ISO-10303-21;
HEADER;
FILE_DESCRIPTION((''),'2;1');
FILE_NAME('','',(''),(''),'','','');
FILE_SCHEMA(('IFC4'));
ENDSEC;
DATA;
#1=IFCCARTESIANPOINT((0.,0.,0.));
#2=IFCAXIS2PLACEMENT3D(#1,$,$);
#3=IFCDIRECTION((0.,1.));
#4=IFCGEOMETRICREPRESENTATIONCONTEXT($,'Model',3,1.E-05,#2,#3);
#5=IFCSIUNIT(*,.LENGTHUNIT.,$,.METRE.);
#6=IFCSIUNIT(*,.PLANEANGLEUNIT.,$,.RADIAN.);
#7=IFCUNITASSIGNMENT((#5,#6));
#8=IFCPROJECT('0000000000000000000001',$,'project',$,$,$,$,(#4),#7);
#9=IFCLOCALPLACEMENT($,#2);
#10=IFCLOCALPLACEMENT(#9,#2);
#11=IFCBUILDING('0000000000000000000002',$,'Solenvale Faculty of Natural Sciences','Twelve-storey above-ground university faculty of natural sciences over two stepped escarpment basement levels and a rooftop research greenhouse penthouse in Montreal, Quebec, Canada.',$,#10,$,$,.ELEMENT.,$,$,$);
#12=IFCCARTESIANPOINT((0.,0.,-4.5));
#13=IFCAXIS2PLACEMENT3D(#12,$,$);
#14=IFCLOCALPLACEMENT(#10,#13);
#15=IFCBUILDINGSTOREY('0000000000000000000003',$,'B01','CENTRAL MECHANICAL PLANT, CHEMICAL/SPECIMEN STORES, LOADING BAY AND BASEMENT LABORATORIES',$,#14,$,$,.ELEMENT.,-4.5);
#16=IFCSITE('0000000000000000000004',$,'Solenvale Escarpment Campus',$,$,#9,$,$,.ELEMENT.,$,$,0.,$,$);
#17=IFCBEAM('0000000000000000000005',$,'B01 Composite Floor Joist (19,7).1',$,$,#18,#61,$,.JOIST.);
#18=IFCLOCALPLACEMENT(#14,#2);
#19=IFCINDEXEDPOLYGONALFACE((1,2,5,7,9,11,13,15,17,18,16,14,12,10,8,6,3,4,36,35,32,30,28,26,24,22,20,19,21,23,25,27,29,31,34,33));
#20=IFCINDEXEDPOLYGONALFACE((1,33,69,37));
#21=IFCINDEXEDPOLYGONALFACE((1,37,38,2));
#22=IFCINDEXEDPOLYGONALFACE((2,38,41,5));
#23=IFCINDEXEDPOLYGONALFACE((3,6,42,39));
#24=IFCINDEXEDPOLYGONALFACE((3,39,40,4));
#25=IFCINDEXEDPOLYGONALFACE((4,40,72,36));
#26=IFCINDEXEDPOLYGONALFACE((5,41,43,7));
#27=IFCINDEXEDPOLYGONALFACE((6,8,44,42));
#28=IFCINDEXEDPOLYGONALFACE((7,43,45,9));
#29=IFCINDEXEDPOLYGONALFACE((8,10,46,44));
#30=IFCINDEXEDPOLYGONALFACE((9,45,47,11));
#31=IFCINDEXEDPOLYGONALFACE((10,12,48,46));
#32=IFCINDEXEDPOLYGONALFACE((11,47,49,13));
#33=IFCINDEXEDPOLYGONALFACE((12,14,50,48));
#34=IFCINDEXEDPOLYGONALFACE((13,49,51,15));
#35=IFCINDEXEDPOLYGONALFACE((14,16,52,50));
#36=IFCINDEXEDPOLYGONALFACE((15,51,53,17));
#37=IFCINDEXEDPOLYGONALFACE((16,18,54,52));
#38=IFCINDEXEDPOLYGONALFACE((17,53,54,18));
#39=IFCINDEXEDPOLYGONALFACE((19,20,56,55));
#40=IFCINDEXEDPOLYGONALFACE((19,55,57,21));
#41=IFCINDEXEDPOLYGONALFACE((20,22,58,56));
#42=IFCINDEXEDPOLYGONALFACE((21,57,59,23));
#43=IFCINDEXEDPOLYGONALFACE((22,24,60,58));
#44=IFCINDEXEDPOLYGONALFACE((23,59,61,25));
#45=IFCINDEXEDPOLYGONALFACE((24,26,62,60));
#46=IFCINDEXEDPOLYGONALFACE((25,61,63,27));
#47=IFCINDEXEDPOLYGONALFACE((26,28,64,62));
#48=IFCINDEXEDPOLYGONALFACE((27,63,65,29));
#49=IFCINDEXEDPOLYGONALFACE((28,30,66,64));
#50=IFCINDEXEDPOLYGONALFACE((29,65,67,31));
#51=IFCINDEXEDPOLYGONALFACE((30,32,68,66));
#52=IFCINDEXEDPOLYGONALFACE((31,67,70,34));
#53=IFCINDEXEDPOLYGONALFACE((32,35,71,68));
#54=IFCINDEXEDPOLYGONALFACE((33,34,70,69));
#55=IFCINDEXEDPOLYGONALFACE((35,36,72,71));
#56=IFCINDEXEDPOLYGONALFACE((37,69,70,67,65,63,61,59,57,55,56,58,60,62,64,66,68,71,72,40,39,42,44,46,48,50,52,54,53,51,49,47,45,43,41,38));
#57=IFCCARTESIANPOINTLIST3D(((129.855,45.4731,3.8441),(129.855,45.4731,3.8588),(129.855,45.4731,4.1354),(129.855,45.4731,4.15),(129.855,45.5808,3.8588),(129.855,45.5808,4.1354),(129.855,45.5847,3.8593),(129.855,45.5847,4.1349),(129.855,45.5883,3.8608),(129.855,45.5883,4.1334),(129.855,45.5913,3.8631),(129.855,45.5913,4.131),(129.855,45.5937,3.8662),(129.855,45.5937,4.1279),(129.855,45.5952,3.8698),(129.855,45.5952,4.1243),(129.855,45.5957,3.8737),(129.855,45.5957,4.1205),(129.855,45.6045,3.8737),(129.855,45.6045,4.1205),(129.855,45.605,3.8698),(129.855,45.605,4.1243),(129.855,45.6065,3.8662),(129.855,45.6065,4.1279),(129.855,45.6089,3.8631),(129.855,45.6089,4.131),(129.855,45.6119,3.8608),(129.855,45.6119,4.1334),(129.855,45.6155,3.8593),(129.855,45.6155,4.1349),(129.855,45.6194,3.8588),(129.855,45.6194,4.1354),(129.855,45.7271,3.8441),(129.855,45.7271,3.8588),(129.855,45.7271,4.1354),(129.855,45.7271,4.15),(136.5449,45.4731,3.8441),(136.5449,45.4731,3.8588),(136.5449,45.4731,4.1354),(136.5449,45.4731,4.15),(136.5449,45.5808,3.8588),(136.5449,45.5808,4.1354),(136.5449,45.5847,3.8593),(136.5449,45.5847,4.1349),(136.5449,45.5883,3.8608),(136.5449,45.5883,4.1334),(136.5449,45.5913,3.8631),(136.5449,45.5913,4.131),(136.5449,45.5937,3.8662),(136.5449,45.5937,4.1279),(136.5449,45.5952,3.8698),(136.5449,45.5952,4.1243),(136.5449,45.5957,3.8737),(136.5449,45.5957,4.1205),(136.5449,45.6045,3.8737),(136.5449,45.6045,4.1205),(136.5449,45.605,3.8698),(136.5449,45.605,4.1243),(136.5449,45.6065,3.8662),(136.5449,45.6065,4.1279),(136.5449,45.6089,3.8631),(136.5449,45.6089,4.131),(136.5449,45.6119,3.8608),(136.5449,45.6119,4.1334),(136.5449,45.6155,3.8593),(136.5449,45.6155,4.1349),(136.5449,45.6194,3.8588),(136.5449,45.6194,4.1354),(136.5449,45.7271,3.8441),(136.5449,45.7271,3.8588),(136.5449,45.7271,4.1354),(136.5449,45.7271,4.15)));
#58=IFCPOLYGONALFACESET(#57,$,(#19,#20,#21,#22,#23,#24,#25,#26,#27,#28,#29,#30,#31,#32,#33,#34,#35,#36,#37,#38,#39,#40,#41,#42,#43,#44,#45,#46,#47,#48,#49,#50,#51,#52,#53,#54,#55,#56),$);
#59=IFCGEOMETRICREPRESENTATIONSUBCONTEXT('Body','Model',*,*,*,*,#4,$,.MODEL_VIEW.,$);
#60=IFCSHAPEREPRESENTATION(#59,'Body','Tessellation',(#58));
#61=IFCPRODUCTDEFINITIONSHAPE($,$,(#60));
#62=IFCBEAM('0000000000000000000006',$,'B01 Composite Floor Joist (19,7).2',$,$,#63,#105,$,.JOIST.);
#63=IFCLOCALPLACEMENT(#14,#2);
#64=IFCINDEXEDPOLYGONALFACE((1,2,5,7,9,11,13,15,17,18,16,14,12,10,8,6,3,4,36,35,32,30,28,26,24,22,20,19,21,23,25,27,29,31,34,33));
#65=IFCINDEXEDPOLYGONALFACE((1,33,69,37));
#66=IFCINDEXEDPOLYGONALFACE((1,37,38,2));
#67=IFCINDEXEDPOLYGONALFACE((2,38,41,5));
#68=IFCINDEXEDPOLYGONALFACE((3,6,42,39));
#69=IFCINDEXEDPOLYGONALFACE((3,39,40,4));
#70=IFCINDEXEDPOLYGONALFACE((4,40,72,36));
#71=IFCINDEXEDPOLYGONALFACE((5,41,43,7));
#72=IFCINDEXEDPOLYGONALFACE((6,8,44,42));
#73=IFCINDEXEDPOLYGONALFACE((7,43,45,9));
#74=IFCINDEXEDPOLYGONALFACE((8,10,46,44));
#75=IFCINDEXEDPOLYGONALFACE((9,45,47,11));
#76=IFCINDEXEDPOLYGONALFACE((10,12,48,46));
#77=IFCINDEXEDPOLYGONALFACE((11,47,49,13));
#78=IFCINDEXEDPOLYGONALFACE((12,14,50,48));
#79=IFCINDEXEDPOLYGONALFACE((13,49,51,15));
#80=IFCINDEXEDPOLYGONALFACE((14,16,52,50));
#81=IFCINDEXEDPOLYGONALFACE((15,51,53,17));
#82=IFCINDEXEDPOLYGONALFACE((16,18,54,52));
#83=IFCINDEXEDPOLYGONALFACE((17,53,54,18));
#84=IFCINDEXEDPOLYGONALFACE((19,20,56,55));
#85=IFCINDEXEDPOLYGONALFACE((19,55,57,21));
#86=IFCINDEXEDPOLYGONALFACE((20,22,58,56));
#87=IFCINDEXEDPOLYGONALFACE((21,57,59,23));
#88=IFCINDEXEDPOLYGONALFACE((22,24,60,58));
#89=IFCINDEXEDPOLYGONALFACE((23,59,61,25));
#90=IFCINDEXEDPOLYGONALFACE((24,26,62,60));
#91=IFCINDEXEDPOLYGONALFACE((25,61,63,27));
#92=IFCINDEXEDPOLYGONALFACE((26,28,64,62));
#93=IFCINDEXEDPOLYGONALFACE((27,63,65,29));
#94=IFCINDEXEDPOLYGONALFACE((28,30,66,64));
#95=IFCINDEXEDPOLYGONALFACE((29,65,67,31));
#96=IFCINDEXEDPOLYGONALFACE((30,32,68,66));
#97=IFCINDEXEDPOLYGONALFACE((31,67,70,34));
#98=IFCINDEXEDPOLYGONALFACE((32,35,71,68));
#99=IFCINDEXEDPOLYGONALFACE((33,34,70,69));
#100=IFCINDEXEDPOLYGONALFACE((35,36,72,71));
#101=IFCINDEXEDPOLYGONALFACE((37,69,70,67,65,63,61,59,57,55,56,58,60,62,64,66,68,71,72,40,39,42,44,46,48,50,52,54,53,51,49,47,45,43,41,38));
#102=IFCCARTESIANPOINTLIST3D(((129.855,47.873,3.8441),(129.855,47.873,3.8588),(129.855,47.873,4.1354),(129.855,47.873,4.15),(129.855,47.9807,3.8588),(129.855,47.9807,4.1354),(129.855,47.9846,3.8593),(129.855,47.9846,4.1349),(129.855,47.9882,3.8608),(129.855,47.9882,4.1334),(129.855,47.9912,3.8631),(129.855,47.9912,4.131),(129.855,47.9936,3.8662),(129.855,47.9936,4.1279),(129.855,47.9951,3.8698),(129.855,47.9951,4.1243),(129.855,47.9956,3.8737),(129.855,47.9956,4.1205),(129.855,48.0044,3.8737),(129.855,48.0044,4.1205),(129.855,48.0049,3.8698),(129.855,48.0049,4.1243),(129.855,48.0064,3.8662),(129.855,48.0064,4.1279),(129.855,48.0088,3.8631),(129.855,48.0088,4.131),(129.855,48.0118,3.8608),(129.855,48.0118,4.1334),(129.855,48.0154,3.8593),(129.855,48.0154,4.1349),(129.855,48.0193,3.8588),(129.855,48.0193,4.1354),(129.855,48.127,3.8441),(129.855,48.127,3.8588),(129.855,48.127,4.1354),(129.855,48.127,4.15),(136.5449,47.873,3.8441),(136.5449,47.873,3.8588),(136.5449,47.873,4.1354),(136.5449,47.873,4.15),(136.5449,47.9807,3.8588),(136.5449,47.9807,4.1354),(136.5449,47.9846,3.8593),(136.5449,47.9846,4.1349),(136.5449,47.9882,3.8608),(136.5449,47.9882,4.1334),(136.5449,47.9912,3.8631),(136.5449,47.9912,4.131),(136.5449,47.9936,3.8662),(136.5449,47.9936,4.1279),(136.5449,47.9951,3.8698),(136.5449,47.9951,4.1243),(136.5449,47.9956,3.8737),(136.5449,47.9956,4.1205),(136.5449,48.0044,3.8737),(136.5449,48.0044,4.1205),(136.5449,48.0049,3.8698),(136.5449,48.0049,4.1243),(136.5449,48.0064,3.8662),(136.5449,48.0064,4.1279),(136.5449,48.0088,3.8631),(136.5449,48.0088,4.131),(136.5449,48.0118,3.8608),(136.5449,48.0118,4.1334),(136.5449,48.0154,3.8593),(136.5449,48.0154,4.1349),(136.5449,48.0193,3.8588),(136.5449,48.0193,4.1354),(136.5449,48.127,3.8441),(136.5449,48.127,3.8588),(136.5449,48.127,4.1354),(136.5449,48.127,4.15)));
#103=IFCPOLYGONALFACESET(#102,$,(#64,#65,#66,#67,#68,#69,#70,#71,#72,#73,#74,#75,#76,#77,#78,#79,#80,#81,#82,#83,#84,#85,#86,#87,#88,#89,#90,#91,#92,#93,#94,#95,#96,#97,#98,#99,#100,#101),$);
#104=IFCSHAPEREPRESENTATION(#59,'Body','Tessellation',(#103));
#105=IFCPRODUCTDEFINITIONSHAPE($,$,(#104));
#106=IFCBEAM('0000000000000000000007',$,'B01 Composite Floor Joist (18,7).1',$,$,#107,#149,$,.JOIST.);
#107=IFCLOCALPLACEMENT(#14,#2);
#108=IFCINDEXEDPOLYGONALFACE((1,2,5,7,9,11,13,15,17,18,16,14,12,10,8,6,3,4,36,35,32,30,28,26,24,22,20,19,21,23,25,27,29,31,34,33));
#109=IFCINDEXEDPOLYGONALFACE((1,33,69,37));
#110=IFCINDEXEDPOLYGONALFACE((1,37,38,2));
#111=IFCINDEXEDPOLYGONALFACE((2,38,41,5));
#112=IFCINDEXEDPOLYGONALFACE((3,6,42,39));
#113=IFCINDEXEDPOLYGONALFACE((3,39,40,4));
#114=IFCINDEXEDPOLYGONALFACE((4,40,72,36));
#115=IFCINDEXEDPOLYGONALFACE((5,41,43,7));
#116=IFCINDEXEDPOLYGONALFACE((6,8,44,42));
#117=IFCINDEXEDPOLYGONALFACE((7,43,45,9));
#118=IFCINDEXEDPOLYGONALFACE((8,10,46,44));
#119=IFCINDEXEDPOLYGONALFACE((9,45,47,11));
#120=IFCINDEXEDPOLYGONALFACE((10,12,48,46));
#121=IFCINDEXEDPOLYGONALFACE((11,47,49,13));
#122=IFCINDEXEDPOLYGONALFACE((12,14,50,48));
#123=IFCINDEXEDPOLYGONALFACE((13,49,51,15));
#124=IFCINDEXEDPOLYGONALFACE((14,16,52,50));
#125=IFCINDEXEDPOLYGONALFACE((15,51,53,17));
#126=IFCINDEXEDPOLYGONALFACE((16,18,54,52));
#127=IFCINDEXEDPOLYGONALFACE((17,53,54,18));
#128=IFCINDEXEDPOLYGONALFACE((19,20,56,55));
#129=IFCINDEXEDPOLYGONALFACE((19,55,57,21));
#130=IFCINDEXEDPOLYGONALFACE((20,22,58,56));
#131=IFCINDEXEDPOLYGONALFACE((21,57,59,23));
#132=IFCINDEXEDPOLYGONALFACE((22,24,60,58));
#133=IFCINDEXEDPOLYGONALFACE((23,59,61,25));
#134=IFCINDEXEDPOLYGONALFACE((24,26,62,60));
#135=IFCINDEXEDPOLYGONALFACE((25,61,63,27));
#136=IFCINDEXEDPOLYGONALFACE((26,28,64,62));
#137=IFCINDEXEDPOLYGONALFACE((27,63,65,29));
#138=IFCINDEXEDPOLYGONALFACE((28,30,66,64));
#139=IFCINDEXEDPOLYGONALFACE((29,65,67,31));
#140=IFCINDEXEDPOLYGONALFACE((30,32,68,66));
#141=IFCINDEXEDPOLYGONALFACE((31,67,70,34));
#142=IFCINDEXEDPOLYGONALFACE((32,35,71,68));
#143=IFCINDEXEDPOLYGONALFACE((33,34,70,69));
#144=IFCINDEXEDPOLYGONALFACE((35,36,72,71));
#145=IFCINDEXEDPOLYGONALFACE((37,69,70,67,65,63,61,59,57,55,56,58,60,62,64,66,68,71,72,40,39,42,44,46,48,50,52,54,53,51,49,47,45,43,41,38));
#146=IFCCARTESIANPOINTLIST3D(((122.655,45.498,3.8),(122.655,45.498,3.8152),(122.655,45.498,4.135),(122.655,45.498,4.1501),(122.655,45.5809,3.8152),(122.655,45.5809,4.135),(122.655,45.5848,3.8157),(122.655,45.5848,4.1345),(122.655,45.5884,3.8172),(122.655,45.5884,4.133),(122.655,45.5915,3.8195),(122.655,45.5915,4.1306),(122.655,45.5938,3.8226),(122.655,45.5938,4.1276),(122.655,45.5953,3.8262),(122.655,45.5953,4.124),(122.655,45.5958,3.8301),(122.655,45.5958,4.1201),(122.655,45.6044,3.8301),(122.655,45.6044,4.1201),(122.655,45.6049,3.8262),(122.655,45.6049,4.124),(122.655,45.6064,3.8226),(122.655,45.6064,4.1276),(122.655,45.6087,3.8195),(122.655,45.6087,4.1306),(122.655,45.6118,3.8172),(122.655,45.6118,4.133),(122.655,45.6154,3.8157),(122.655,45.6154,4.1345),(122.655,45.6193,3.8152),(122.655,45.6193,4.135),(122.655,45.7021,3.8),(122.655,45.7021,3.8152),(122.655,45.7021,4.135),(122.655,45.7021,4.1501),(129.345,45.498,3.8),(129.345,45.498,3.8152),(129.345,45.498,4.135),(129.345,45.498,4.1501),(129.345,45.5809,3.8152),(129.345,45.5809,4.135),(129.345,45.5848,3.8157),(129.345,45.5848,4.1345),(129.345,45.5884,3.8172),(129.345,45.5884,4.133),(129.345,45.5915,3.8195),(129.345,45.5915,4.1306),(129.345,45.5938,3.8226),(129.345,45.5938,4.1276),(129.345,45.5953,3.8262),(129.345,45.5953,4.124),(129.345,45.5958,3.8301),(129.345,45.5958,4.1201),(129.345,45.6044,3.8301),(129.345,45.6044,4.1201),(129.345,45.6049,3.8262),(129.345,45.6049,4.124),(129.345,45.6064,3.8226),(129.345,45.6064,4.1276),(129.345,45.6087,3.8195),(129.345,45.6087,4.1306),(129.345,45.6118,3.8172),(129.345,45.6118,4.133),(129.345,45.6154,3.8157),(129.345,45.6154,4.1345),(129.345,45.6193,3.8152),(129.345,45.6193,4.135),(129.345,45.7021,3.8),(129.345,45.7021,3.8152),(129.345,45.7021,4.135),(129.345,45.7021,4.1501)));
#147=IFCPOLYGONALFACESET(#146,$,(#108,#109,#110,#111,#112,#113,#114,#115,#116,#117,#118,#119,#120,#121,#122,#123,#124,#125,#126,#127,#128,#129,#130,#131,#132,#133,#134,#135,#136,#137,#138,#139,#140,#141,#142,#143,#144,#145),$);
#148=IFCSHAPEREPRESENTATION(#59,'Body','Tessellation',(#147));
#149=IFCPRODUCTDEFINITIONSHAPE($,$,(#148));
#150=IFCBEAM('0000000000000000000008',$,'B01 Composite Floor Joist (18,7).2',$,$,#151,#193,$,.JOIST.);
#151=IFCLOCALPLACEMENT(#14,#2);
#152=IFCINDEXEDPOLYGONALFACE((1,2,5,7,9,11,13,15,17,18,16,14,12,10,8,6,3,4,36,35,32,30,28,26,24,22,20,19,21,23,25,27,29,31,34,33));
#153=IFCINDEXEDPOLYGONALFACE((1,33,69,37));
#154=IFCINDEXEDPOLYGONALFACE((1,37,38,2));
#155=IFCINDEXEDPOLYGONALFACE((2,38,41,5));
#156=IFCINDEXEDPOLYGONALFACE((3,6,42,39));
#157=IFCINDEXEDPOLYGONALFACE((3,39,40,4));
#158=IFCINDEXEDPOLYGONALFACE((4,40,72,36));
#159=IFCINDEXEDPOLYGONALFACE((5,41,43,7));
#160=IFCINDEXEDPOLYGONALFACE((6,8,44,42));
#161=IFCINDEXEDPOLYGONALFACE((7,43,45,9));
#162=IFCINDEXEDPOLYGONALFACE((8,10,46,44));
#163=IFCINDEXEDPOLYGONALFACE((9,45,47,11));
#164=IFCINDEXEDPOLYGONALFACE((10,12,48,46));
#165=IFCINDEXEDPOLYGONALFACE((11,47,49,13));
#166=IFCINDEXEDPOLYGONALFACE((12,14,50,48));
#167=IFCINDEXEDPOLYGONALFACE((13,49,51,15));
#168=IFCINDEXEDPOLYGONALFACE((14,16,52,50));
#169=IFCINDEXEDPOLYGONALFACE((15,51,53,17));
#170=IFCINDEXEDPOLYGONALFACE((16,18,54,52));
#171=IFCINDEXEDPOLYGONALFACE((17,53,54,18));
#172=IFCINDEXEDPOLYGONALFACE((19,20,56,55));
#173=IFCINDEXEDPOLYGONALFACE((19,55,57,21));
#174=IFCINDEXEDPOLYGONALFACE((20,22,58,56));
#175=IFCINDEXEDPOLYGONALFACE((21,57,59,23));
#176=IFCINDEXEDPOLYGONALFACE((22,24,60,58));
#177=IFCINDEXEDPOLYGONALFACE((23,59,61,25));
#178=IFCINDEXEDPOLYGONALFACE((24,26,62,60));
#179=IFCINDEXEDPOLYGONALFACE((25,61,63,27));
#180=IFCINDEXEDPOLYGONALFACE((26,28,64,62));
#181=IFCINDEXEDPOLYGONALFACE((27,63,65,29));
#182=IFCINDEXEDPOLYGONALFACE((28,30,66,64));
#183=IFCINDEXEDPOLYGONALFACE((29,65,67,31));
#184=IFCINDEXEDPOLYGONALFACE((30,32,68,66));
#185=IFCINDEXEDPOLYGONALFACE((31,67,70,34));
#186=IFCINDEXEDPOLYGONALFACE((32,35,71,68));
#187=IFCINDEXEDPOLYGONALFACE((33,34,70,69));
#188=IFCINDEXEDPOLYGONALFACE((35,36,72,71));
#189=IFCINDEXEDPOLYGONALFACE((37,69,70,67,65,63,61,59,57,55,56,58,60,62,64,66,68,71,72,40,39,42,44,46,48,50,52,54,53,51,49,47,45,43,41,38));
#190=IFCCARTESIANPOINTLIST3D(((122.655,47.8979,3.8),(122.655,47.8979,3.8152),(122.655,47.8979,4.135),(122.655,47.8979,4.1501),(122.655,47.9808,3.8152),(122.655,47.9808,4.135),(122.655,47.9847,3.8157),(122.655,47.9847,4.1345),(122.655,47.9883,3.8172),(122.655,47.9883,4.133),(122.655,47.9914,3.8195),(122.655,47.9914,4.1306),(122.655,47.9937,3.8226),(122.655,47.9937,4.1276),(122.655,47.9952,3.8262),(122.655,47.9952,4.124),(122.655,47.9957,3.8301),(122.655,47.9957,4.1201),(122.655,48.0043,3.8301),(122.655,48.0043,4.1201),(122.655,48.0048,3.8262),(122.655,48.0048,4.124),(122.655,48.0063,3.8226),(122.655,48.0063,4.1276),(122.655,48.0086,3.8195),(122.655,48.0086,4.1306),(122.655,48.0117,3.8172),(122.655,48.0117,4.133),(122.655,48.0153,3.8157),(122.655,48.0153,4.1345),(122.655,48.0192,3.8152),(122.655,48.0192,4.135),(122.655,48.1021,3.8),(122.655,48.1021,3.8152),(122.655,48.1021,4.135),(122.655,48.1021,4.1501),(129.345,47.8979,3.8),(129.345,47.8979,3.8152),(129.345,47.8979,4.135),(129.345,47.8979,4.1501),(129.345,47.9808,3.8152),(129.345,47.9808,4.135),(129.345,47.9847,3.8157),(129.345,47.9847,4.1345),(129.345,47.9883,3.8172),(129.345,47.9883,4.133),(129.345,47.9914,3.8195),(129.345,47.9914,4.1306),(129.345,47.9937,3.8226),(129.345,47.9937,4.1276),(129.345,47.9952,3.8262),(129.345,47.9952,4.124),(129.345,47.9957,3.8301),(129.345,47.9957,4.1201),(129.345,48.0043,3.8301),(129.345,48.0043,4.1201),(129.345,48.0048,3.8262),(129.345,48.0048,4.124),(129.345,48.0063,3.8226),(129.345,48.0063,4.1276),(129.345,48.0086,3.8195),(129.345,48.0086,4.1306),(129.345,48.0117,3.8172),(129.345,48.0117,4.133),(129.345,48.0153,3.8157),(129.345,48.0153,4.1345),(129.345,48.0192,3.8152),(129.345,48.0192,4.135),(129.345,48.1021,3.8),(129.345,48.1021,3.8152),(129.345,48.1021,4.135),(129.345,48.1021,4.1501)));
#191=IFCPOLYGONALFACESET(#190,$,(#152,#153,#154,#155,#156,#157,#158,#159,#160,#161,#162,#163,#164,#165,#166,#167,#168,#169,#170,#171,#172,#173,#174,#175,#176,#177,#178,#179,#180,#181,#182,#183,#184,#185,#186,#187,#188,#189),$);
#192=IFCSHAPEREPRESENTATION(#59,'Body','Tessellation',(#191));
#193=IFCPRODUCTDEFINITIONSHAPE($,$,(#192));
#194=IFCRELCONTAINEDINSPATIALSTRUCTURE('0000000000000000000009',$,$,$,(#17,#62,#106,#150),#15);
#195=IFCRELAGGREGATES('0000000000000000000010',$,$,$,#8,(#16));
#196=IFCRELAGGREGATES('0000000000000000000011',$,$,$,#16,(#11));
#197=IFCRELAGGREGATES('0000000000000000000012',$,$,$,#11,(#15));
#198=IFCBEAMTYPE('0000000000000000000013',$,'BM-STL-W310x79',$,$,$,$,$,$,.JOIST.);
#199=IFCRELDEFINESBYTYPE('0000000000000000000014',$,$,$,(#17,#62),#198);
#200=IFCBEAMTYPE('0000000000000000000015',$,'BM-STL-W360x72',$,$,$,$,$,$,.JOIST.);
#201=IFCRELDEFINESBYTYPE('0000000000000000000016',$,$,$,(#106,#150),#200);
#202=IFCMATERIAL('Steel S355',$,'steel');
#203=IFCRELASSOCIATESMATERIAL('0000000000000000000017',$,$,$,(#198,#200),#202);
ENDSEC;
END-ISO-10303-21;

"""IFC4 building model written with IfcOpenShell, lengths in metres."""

from ifc_helpers import new_model, si_unit, direction, frame, origin, origin_2d, place, context, subcontext, project, spatial, i_section, extrude, material, material_profile, profile_set, type_object, element, save


model = new_model("IFC4")

# Units and contexts
model_context = context("Model", 3, precision=1e-05, world=origin(), true_north=direction((0.0, 1.0)))
body_context = subcontext(model_context, "Body", "Model", "MODEL_VIEW")
ifc_project = project(units=[si_unit("LENGTHUNIT", "METRE"), si_unit("PLANEANGLEUNIT", "RADIAN")], contexts=[model_context])

# Site, building, storey
site_placement = place(None, origin())
site = spatial("IfcSite", under=ifc_project, at=site_placement, Name="Solenvale Escarpment Campus", CompositionType="ELEMENT", RefElevation=0.0)
building_placement = place(site_placement, origin())
building = spatial("IfcBuilding", under=site, at=building_placement, Name="Solenvale Faculty of Natural Sciences", Description="Twelve-storey above-ground university faculty of natural sciences over two stepped escarpment basement levels and a rooftop research greenhouse penthouse in Montreal, Quebec, Canada.", CompositionType="ELEMENT")
storey_placement = place(building_placement, frame((0.0, 0.0, -4.5)))
storey = spatial("IfcBuildingStorey", under=building, at=storey_placement, Name="B01", Description="CENTRAL MECHANICAL PLANT, CHEMICAL/SPECIMEN STORES, LOADING BAY AND BASEMENT LABORATORIES", CompositionType="ELEMENT", Elevation=-4.5)

# Beams
ifc_material_1 = material(Name="Steel S355", Category="steel")
ifc_material_profile_1 = material_profile(ifc_material_1, i_section(OverallWidth=0.2539, OverallDepth=0.3059, WebThickness=0.0088, FlangeThickness=0.0146, FilletRadius=0.0149, at=origin_2d()), Name="W310x79")
ifc_profile_set_1 = profile_set([ifc_material_profile_1], Name="Steel S355")
beam_type_1 = type_object("IfcBeamType", Name="BM-STL-W310x79", PredefinedType="JOIST", material=ifc_profile_set_1)
for number, where, z_axis, x_axis, name in (
    (1, (129.855, 45.6001, 3.9971), (1.0, 0.0, 0.0), (0.0, 1.0, 0.0), "B01 Composite Floor Joist (19,7).1"),
    (2, (129.855, 48.0, 3.9971), (1.0, 0.0, 0.0), (0.0, 1.0, 0.0), "B01 Composite Floor Joist (19,7).2"),
):
    element("IfcBeam", number, at=place(storey_placement, frame(where, z_axis=z_axis, x_axis=x_axis)), inside=storey, type_object=beam_type_1, Name=name, PredefinedType="JOIST", context=body_context, shape_type="SweptSolid", body=[
        extrude(i_section(OverallWidth=0.2539, OverallDepth=0.3059, WebThickness=0.0088, FlangeThickness=0.0146, FilletRadius=0.0149, at=origin_2d()), origin(), (0.0, 0.0, 1.0), 6.6899),
    ])
ifc_material_profile_2 = material_profile(ifc_material_1, i_section(OverallWidth=0.2041, OverallDepth=0.3501, WebThickness=0.0085, FlangeThickness=0.0151, FilletRadius=0.0149, at=origin_2d()), Name="W360x72")
ifc_profile_set_2 = profile_set([ifc_material_profile_2], Name="Steel S355")
beam_type_2 = type_object("IfcBeamType", Name="BM-STL-W360x72", PredefinedType="JOIST", material=ifc_profile_set_2)
for number, where, z_axis, x_axis, name in (
    (3, (122.655, 45.6001, 3.9751), (1.0, 0.0, 0.0), (0.0, 1.0, 0.0), "B01 Composite Floor Joist (18,7).1"),
    (4, (122.655, 48.0, 3.9751), (1.0, 0.0, 0.0), (0.0, 1.0, 0.0), "B01 Composite Floor Joist (18,7).2"),
):
    element("IfcBeam", number, at=place(storey_placement, frame(where, z_axis=z_axis, x_axis=x_axis)), inside=storey, type_object=beam_type_2, Name=name, PredefinedType="JOIST", context=body_context, shape_type="SweptSolid", body=[
        extrude(i_section(OverallWidth=0.2041, OverallDepth=0.3501, WebThickness=0.0085, FlangeThickness=0.0151, FilletRadius=0.0149, at=origin_2d()), origin(), (0.0, 0.0, 1.0), 6.6899),
    ])

save(model, "model.ifc")
